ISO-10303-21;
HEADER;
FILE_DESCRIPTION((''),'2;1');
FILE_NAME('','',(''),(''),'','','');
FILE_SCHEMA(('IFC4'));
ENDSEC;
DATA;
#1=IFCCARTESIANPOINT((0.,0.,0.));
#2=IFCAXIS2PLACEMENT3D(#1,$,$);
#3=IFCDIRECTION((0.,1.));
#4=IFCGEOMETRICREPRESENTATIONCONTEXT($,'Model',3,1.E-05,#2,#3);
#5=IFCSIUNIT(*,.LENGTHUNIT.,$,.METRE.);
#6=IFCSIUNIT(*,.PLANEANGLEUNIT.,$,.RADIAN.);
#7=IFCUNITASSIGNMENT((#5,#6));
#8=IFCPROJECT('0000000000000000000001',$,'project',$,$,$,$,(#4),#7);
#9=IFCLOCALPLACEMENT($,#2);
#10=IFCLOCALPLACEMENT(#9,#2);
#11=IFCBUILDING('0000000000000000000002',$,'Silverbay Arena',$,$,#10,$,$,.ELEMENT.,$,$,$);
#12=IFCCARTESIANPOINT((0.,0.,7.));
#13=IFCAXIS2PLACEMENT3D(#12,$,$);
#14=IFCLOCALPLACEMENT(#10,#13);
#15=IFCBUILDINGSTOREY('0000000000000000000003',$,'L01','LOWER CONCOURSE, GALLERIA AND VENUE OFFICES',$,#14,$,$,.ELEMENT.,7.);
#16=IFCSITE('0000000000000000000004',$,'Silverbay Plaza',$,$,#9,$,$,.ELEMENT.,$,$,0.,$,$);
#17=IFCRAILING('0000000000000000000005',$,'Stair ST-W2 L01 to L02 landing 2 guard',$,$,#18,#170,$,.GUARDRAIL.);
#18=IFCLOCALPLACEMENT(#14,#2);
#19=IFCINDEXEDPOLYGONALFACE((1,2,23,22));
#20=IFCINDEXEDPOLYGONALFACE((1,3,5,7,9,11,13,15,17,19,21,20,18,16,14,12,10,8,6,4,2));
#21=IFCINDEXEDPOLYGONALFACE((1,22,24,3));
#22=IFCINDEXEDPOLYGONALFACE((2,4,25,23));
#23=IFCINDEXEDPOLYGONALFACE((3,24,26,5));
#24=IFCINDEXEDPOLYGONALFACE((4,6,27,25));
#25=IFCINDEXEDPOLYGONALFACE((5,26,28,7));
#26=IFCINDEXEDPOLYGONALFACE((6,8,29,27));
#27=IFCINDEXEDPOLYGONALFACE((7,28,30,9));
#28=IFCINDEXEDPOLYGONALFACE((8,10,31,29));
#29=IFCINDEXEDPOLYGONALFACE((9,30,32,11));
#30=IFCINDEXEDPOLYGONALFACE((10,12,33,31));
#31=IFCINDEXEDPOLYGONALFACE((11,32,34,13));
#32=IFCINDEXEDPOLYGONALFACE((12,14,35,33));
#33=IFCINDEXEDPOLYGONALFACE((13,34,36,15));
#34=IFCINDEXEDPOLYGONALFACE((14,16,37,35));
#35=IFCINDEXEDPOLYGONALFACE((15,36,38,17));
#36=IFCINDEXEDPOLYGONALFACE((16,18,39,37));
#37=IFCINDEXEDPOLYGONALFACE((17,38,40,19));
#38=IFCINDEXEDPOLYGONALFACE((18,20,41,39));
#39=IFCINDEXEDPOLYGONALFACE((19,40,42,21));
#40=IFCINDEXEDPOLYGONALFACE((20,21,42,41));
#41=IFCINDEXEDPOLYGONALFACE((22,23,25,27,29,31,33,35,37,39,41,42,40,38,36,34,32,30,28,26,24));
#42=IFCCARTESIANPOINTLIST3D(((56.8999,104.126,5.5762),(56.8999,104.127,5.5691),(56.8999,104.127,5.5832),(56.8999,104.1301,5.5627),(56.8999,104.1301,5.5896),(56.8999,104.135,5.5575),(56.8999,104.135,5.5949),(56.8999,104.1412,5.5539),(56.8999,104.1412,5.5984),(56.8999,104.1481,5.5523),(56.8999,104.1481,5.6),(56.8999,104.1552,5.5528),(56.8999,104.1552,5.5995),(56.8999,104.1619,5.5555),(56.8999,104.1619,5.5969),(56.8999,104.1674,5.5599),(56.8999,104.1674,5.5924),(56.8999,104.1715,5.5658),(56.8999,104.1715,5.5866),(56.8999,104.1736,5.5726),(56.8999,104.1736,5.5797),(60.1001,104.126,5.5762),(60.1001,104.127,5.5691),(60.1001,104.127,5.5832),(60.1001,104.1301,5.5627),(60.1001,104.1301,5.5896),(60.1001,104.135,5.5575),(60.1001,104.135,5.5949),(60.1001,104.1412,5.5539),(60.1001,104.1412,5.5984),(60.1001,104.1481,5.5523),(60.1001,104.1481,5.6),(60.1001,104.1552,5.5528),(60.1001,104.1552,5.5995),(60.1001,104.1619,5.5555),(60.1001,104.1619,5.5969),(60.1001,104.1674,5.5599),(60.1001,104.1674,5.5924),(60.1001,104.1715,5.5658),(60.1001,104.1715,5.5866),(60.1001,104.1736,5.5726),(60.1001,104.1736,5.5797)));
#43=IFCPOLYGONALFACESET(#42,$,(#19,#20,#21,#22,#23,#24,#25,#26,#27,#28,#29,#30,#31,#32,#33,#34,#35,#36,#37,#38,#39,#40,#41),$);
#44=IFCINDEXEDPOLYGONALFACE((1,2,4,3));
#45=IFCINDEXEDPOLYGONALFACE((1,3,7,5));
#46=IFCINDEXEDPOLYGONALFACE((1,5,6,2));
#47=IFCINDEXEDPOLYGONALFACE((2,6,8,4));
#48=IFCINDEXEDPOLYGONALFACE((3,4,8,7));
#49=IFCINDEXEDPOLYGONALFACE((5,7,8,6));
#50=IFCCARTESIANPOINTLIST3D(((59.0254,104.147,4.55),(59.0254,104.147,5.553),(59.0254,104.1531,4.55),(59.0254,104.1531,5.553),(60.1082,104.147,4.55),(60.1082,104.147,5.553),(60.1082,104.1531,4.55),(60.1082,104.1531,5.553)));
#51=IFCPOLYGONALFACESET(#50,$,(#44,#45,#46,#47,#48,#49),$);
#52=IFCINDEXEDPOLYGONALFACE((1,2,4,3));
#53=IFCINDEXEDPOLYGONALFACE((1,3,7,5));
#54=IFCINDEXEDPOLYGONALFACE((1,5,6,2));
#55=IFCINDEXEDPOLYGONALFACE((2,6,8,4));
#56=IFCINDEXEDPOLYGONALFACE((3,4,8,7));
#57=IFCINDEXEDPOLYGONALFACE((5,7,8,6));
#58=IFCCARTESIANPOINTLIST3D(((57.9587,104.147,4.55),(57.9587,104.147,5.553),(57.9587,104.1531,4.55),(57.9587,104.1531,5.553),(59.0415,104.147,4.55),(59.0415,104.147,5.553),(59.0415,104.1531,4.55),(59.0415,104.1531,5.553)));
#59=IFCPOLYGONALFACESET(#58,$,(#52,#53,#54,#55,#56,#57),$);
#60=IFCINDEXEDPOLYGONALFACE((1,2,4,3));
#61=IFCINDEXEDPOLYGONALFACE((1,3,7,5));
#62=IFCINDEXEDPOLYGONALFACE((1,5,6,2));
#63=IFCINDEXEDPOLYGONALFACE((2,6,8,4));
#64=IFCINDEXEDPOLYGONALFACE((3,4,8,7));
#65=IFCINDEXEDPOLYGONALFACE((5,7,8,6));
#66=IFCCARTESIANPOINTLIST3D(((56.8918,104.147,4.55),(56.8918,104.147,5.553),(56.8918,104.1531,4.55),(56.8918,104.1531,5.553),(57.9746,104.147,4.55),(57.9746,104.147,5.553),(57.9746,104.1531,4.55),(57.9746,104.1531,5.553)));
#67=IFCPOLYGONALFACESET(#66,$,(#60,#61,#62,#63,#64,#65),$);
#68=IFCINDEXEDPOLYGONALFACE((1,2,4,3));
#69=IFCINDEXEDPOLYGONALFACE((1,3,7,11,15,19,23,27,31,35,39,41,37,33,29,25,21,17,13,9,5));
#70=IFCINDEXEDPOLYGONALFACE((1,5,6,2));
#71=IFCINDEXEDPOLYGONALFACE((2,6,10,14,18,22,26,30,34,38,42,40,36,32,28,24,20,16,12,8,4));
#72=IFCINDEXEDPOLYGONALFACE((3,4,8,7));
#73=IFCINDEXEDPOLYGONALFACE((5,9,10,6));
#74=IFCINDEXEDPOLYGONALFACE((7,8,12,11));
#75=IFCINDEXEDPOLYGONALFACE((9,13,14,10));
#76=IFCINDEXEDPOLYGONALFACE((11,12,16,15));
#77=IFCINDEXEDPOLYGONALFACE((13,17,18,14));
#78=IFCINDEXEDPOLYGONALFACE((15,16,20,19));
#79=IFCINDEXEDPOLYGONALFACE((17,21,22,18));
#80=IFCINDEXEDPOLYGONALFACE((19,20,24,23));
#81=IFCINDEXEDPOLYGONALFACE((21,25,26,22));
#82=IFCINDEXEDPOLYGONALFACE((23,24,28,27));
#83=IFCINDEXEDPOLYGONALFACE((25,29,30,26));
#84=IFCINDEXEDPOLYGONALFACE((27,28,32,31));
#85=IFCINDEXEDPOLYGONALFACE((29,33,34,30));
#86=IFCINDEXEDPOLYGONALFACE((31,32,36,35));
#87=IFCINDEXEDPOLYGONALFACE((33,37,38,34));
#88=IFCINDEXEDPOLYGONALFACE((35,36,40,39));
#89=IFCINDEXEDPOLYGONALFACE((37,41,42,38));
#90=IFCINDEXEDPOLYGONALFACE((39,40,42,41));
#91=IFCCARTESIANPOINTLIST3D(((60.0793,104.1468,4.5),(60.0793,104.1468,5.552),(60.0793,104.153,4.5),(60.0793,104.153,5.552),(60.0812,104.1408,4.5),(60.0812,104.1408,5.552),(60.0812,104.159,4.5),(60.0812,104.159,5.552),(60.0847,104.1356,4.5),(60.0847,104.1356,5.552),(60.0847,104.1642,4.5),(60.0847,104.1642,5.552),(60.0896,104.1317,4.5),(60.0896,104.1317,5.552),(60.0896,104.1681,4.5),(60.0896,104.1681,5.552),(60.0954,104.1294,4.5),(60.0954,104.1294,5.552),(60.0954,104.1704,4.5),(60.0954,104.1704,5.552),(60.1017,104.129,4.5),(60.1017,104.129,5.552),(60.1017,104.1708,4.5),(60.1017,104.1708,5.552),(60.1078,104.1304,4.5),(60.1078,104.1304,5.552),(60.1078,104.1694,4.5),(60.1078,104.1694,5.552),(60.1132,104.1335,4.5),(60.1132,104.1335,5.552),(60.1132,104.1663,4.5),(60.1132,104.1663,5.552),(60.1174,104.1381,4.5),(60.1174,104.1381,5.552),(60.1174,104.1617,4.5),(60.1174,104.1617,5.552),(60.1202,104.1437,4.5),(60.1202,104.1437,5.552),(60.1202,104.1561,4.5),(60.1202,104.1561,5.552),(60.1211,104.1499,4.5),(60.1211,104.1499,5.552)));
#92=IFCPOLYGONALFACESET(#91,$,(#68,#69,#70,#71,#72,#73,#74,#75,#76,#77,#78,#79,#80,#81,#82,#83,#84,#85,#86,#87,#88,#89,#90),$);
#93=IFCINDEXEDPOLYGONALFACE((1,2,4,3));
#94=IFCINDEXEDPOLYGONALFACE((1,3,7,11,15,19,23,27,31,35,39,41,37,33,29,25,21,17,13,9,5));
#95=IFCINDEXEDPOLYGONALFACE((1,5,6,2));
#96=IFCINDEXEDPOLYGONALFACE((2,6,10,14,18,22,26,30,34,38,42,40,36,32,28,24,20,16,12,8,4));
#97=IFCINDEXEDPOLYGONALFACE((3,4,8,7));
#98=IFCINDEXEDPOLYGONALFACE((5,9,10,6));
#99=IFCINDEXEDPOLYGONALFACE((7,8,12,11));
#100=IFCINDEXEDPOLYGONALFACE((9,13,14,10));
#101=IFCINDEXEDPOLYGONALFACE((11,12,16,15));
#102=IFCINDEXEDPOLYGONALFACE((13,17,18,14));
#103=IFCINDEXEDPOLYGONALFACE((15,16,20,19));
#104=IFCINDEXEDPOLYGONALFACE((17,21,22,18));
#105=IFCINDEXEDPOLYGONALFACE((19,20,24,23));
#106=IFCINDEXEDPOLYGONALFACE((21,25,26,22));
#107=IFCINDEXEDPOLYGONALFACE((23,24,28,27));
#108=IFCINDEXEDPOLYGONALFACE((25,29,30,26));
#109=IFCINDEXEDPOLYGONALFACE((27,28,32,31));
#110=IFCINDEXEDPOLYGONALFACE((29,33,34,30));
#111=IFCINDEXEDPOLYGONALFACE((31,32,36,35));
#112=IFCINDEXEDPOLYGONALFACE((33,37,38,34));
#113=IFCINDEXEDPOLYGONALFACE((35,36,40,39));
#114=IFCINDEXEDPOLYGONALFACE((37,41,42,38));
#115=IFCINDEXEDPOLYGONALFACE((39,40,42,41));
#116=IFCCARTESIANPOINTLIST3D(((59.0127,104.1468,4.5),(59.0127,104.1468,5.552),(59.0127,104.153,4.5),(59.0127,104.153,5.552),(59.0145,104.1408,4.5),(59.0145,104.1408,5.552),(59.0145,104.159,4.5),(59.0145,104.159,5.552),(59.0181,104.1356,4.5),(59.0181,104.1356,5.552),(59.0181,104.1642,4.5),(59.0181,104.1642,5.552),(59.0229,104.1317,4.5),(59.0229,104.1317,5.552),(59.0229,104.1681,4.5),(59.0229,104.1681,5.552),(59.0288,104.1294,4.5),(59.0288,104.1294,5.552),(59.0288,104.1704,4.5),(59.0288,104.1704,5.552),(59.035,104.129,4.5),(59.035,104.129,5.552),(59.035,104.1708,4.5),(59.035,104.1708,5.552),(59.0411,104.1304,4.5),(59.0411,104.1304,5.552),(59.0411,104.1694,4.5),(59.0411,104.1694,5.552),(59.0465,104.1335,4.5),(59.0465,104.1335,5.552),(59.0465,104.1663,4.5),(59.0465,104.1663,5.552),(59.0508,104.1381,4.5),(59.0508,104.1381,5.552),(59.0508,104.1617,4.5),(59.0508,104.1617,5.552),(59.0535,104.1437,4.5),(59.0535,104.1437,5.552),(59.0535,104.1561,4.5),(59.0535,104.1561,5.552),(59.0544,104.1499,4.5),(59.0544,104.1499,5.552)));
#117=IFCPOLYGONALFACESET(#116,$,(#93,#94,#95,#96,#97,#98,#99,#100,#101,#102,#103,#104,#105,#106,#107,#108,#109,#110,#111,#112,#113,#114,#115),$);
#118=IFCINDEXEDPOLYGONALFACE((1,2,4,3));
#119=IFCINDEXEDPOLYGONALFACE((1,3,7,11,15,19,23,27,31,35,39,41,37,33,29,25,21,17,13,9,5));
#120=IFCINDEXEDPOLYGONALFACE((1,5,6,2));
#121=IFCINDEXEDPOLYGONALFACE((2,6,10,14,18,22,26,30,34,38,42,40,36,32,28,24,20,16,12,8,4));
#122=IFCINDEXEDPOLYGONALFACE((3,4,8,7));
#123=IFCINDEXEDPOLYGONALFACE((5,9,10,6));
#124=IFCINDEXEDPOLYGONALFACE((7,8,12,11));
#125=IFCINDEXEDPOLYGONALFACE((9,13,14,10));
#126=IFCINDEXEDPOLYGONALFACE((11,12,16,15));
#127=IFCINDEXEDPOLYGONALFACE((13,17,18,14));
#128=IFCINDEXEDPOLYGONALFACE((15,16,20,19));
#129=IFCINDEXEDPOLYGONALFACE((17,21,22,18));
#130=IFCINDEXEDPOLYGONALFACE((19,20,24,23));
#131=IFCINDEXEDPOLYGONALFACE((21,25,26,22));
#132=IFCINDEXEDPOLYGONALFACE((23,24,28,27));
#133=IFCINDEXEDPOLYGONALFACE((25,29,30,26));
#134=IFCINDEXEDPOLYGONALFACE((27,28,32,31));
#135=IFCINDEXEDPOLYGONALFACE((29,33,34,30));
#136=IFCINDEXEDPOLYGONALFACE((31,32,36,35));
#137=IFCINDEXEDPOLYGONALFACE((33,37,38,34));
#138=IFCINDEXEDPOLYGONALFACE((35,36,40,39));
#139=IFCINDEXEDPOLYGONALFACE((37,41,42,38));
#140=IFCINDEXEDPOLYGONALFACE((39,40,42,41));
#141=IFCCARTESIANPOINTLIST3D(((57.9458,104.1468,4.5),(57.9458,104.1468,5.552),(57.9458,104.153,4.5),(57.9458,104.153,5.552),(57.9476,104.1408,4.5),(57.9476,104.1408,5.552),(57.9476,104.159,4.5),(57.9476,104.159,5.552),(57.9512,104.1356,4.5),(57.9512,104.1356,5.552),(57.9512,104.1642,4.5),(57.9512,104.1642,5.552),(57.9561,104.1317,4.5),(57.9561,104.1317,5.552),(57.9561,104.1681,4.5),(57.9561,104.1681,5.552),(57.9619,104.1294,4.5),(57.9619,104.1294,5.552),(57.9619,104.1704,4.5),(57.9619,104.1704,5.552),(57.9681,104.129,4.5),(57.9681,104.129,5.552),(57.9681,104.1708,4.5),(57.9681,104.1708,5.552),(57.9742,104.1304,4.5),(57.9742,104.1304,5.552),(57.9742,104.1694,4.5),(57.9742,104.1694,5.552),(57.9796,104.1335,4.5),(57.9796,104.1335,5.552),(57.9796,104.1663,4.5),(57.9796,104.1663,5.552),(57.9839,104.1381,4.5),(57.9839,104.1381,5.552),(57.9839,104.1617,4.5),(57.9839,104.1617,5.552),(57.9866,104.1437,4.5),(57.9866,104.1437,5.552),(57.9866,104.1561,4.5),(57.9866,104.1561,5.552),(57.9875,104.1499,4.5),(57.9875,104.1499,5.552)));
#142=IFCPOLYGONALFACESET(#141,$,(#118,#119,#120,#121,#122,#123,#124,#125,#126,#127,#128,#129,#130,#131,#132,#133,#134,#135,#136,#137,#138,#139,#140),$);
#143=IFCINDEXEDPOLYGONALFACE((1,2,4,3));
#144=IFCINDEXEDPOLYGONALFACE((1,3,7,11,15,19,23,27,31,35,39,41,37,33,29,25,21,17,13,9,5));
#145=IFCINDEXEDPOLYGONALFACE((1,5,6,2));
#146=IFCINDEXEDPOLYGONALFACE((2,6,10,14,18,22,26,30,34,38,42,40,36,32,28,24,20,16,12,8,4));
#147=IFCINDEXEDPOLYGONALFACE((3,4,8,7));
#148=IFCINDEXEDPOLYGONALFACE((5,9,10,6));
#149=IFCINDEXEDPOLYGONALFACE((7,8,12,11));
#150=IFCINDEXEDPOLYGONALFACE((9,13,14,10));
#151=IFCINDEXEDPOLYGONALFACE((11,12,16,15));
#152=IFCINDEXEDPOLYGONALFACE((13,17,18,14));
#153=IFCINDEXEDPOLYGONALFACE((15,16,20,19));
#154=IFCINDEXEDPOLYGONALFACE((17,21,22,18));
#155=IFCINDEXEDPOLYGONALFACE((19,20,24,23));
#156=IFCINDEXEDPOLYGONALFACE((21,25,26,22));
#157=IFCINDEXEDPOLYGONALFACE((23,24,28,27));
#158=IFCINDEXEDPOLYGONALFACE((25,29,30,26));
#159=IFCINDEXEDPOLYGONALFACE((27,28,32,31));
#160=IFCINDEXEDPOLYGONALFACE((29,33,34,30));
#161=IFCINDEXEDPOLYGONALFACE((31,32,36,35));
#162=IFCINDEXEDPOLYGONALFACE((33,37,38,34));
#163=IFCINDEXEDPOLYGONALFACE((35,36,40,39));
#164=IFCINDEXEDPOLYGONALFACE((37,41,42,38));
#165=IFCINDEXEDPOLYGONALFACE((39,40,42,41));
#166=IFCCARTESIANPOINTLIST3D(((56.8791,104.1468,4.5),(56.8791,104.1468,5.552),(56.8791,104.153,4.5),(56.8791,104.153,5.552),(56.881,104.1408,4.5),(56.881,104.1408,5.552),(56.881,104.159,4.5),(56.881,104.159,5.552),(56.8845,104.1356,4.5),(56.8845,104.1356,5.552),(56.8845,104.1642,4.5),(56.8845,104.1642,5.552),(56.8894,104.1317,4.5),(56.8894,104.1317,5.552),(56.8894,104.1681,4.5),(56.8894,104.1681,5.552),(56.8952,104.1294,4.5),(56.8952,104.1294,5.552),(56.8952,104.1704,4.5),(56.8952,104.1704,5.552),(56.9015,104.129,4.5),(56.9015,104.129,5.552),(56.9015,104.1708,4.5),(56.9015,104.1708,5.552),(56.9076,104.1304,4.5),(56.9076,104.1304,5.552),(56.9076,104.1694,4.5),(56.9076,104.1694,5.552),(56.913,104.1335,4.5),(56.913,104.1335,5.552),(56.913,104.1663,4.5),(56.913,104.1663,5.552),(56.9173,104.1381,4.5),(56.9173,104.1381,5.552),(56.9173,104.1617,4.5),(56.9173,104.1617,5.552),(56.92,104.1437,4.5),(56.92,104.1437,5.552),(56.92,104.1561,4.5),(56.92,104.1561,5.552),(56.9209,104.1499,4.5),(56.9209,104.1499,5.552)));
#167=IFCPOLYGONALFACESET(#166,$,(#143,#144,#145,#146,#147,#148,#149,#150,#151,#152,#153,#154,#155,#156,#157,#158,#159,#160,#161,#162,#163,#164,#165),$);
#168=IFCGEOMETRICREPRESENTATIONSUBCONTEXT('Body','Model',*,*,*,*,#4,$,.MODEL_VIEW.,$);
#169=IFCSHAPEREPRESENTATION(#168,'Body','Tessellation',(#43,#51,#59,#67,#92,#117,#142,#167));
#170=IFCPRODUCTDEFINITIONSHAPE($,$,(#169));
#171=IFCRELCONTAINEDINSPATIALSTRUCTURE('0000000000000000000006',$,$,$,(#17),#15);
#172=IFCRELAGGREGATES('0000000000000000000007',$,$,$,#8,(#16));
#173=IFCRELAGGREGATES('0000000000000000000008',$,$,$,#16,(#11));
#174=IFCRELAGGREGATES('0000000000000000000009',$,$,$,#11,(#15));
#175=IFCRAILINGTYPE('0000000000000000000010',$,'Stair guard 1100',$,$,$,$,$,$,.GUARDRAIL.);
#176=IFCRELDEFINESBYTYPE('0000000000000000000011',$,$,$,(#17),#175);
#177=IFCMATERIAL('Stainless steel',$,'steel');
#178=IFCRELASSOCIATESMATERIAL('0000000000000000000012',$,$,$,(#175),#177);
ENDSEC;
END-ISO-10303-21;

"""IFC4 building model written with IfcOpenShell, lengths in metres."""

from ifc_helpers import new_model, si_unit, direction, frame, origin, origin_2d, place, context, subcontext, project, spatial, polyline, circle, outline, extrude, material, type_object, element, save


model = new_model("IFC4")

# Units and contexts
model_context = context("Model", 3, precision=1e-05, world=origin(), true_north=direction((0.0, 1.0)))
body_context = subcontext(model_context, "Body", "Model", "MODEL_VIEW")
ifc_project = project(units=[si_unit("LENGTHUNIT", "METRE"), si_unit("PLANEANGLEUNIT", "RADIAN")], contexts=[model_context])

# Site, building, storey
site_placement = place(None, origin())
site = spatial("IfcSite", under=ifc_project, at=site_placement, Name="Silverbay Plaza", CompositionType="ELEMENT", RefElevation=0.0)
building_placement = place(site_placement, origin())
building = spatial("IfcBuilding", under=site, at=building_placement, Name="Silverbay Arena", CompositionType="ELEMENT")
storey_placement = place(building_placement, frame((0.0, 0.0, 7.0)))
storey = spatial("IfcBuildingStorey", under=building, at=storey_placement, Name="L01", Description="LOWER CONCOURSE, GALLERIA AND VENUE OFFICES", CompositionType="ELEMENT", Elevation=7.0)

# Railing
ifc_material_1 = material(Name="Stainless steel", Category="steel")
railing_type_1 = type_object("IfcRailingType", Name="Stair guard 1100", PredefinedType="GUARDRAIL", material=ifc_material_1)
for number, where, name in (
    (1, (60.1001, 104.1499, 4.5), "Stair ST-W2 L01 to L02 landing 2 guard"),
):
    element("IfcRailing", number, at=place(storey_placement, frame(where)), inside=storey, type_object=railing_type_1, Name=name, PredefinedType="GUARDRAIL", context=body_context, shape_type="SweptSolid", body=[
        extrude(circle(Radius=0.0239, at=origin_2d()), frame((0.0, 0.0, 1.0762), z_axis=(-1.0, 0.0, 0.0), x_axis=(0.0, -1.0, 0.0)), (0.0, 0.0, 1.0), 3.2002),
        extrude(outline(polyline([(-0.0081, 0.05), (1.0747, 0.05), (1.0747, 1.053), (-0.0081, 1.053), (-0.0081, 0.05)])), frame((0.0, -0.0029, 0.0), z_axis=(0.0, 1.0, 0.0), x_axis=(-1.0, 0.0, 0.0)), (0.0, 0.0, 1.0), 0.0061),
        extrude(outline(polyline([(-0.0081, 0.05), (1.0747, 0.05), (1.0747, 1.053), (-0.0081, 1.053), (-0.0081, 0.05)])), frame((-1.0667, -0.0029, 0.0), z_axis=(0.0, 1.0, 0.0), x_axis=(-1.0, 0.0, 0.0)), (0.0, 0.0, 1.0), 0.0061),
        extrude(outline(polyline([(-0.0081, 0.05), (1.0747, 0.05), (1.0747, 1.053), (-0.0081, 1.053), (-0.0081, 0.05)])), frame((-2.1335, -0.0029, 0.0), z_axis=(0.0, 1.0, 0.0), x_axis=(-1.0, 0.0, 0.0)), (0.0, 0.0, 1.0), 0.0061),
        extrude(circle(Radius=0.021, at=origin_2d()), origin(), (0.0, 0.0, 1.0), 1.052),
        extrude(circle(Radius=0.021, at=origin_2d()), frame((-1.0667, 0.0, 0.0)), (0.0, 0.0, 1.0), 1.052),
        extrude(circle(Radius=0.021, at=origin_2d()), frame((-2.1335, 0.0, 0.0)), (0.0, 0.0, 1.0), 1.052),
        extrude(circle(Radius=0.021, at=origin_2d()), frame((-3.2002, 0.0, 0.0)), (0.0, 0.0, 1.0), 1.052),
    ])

save(model, "model.ifc")
